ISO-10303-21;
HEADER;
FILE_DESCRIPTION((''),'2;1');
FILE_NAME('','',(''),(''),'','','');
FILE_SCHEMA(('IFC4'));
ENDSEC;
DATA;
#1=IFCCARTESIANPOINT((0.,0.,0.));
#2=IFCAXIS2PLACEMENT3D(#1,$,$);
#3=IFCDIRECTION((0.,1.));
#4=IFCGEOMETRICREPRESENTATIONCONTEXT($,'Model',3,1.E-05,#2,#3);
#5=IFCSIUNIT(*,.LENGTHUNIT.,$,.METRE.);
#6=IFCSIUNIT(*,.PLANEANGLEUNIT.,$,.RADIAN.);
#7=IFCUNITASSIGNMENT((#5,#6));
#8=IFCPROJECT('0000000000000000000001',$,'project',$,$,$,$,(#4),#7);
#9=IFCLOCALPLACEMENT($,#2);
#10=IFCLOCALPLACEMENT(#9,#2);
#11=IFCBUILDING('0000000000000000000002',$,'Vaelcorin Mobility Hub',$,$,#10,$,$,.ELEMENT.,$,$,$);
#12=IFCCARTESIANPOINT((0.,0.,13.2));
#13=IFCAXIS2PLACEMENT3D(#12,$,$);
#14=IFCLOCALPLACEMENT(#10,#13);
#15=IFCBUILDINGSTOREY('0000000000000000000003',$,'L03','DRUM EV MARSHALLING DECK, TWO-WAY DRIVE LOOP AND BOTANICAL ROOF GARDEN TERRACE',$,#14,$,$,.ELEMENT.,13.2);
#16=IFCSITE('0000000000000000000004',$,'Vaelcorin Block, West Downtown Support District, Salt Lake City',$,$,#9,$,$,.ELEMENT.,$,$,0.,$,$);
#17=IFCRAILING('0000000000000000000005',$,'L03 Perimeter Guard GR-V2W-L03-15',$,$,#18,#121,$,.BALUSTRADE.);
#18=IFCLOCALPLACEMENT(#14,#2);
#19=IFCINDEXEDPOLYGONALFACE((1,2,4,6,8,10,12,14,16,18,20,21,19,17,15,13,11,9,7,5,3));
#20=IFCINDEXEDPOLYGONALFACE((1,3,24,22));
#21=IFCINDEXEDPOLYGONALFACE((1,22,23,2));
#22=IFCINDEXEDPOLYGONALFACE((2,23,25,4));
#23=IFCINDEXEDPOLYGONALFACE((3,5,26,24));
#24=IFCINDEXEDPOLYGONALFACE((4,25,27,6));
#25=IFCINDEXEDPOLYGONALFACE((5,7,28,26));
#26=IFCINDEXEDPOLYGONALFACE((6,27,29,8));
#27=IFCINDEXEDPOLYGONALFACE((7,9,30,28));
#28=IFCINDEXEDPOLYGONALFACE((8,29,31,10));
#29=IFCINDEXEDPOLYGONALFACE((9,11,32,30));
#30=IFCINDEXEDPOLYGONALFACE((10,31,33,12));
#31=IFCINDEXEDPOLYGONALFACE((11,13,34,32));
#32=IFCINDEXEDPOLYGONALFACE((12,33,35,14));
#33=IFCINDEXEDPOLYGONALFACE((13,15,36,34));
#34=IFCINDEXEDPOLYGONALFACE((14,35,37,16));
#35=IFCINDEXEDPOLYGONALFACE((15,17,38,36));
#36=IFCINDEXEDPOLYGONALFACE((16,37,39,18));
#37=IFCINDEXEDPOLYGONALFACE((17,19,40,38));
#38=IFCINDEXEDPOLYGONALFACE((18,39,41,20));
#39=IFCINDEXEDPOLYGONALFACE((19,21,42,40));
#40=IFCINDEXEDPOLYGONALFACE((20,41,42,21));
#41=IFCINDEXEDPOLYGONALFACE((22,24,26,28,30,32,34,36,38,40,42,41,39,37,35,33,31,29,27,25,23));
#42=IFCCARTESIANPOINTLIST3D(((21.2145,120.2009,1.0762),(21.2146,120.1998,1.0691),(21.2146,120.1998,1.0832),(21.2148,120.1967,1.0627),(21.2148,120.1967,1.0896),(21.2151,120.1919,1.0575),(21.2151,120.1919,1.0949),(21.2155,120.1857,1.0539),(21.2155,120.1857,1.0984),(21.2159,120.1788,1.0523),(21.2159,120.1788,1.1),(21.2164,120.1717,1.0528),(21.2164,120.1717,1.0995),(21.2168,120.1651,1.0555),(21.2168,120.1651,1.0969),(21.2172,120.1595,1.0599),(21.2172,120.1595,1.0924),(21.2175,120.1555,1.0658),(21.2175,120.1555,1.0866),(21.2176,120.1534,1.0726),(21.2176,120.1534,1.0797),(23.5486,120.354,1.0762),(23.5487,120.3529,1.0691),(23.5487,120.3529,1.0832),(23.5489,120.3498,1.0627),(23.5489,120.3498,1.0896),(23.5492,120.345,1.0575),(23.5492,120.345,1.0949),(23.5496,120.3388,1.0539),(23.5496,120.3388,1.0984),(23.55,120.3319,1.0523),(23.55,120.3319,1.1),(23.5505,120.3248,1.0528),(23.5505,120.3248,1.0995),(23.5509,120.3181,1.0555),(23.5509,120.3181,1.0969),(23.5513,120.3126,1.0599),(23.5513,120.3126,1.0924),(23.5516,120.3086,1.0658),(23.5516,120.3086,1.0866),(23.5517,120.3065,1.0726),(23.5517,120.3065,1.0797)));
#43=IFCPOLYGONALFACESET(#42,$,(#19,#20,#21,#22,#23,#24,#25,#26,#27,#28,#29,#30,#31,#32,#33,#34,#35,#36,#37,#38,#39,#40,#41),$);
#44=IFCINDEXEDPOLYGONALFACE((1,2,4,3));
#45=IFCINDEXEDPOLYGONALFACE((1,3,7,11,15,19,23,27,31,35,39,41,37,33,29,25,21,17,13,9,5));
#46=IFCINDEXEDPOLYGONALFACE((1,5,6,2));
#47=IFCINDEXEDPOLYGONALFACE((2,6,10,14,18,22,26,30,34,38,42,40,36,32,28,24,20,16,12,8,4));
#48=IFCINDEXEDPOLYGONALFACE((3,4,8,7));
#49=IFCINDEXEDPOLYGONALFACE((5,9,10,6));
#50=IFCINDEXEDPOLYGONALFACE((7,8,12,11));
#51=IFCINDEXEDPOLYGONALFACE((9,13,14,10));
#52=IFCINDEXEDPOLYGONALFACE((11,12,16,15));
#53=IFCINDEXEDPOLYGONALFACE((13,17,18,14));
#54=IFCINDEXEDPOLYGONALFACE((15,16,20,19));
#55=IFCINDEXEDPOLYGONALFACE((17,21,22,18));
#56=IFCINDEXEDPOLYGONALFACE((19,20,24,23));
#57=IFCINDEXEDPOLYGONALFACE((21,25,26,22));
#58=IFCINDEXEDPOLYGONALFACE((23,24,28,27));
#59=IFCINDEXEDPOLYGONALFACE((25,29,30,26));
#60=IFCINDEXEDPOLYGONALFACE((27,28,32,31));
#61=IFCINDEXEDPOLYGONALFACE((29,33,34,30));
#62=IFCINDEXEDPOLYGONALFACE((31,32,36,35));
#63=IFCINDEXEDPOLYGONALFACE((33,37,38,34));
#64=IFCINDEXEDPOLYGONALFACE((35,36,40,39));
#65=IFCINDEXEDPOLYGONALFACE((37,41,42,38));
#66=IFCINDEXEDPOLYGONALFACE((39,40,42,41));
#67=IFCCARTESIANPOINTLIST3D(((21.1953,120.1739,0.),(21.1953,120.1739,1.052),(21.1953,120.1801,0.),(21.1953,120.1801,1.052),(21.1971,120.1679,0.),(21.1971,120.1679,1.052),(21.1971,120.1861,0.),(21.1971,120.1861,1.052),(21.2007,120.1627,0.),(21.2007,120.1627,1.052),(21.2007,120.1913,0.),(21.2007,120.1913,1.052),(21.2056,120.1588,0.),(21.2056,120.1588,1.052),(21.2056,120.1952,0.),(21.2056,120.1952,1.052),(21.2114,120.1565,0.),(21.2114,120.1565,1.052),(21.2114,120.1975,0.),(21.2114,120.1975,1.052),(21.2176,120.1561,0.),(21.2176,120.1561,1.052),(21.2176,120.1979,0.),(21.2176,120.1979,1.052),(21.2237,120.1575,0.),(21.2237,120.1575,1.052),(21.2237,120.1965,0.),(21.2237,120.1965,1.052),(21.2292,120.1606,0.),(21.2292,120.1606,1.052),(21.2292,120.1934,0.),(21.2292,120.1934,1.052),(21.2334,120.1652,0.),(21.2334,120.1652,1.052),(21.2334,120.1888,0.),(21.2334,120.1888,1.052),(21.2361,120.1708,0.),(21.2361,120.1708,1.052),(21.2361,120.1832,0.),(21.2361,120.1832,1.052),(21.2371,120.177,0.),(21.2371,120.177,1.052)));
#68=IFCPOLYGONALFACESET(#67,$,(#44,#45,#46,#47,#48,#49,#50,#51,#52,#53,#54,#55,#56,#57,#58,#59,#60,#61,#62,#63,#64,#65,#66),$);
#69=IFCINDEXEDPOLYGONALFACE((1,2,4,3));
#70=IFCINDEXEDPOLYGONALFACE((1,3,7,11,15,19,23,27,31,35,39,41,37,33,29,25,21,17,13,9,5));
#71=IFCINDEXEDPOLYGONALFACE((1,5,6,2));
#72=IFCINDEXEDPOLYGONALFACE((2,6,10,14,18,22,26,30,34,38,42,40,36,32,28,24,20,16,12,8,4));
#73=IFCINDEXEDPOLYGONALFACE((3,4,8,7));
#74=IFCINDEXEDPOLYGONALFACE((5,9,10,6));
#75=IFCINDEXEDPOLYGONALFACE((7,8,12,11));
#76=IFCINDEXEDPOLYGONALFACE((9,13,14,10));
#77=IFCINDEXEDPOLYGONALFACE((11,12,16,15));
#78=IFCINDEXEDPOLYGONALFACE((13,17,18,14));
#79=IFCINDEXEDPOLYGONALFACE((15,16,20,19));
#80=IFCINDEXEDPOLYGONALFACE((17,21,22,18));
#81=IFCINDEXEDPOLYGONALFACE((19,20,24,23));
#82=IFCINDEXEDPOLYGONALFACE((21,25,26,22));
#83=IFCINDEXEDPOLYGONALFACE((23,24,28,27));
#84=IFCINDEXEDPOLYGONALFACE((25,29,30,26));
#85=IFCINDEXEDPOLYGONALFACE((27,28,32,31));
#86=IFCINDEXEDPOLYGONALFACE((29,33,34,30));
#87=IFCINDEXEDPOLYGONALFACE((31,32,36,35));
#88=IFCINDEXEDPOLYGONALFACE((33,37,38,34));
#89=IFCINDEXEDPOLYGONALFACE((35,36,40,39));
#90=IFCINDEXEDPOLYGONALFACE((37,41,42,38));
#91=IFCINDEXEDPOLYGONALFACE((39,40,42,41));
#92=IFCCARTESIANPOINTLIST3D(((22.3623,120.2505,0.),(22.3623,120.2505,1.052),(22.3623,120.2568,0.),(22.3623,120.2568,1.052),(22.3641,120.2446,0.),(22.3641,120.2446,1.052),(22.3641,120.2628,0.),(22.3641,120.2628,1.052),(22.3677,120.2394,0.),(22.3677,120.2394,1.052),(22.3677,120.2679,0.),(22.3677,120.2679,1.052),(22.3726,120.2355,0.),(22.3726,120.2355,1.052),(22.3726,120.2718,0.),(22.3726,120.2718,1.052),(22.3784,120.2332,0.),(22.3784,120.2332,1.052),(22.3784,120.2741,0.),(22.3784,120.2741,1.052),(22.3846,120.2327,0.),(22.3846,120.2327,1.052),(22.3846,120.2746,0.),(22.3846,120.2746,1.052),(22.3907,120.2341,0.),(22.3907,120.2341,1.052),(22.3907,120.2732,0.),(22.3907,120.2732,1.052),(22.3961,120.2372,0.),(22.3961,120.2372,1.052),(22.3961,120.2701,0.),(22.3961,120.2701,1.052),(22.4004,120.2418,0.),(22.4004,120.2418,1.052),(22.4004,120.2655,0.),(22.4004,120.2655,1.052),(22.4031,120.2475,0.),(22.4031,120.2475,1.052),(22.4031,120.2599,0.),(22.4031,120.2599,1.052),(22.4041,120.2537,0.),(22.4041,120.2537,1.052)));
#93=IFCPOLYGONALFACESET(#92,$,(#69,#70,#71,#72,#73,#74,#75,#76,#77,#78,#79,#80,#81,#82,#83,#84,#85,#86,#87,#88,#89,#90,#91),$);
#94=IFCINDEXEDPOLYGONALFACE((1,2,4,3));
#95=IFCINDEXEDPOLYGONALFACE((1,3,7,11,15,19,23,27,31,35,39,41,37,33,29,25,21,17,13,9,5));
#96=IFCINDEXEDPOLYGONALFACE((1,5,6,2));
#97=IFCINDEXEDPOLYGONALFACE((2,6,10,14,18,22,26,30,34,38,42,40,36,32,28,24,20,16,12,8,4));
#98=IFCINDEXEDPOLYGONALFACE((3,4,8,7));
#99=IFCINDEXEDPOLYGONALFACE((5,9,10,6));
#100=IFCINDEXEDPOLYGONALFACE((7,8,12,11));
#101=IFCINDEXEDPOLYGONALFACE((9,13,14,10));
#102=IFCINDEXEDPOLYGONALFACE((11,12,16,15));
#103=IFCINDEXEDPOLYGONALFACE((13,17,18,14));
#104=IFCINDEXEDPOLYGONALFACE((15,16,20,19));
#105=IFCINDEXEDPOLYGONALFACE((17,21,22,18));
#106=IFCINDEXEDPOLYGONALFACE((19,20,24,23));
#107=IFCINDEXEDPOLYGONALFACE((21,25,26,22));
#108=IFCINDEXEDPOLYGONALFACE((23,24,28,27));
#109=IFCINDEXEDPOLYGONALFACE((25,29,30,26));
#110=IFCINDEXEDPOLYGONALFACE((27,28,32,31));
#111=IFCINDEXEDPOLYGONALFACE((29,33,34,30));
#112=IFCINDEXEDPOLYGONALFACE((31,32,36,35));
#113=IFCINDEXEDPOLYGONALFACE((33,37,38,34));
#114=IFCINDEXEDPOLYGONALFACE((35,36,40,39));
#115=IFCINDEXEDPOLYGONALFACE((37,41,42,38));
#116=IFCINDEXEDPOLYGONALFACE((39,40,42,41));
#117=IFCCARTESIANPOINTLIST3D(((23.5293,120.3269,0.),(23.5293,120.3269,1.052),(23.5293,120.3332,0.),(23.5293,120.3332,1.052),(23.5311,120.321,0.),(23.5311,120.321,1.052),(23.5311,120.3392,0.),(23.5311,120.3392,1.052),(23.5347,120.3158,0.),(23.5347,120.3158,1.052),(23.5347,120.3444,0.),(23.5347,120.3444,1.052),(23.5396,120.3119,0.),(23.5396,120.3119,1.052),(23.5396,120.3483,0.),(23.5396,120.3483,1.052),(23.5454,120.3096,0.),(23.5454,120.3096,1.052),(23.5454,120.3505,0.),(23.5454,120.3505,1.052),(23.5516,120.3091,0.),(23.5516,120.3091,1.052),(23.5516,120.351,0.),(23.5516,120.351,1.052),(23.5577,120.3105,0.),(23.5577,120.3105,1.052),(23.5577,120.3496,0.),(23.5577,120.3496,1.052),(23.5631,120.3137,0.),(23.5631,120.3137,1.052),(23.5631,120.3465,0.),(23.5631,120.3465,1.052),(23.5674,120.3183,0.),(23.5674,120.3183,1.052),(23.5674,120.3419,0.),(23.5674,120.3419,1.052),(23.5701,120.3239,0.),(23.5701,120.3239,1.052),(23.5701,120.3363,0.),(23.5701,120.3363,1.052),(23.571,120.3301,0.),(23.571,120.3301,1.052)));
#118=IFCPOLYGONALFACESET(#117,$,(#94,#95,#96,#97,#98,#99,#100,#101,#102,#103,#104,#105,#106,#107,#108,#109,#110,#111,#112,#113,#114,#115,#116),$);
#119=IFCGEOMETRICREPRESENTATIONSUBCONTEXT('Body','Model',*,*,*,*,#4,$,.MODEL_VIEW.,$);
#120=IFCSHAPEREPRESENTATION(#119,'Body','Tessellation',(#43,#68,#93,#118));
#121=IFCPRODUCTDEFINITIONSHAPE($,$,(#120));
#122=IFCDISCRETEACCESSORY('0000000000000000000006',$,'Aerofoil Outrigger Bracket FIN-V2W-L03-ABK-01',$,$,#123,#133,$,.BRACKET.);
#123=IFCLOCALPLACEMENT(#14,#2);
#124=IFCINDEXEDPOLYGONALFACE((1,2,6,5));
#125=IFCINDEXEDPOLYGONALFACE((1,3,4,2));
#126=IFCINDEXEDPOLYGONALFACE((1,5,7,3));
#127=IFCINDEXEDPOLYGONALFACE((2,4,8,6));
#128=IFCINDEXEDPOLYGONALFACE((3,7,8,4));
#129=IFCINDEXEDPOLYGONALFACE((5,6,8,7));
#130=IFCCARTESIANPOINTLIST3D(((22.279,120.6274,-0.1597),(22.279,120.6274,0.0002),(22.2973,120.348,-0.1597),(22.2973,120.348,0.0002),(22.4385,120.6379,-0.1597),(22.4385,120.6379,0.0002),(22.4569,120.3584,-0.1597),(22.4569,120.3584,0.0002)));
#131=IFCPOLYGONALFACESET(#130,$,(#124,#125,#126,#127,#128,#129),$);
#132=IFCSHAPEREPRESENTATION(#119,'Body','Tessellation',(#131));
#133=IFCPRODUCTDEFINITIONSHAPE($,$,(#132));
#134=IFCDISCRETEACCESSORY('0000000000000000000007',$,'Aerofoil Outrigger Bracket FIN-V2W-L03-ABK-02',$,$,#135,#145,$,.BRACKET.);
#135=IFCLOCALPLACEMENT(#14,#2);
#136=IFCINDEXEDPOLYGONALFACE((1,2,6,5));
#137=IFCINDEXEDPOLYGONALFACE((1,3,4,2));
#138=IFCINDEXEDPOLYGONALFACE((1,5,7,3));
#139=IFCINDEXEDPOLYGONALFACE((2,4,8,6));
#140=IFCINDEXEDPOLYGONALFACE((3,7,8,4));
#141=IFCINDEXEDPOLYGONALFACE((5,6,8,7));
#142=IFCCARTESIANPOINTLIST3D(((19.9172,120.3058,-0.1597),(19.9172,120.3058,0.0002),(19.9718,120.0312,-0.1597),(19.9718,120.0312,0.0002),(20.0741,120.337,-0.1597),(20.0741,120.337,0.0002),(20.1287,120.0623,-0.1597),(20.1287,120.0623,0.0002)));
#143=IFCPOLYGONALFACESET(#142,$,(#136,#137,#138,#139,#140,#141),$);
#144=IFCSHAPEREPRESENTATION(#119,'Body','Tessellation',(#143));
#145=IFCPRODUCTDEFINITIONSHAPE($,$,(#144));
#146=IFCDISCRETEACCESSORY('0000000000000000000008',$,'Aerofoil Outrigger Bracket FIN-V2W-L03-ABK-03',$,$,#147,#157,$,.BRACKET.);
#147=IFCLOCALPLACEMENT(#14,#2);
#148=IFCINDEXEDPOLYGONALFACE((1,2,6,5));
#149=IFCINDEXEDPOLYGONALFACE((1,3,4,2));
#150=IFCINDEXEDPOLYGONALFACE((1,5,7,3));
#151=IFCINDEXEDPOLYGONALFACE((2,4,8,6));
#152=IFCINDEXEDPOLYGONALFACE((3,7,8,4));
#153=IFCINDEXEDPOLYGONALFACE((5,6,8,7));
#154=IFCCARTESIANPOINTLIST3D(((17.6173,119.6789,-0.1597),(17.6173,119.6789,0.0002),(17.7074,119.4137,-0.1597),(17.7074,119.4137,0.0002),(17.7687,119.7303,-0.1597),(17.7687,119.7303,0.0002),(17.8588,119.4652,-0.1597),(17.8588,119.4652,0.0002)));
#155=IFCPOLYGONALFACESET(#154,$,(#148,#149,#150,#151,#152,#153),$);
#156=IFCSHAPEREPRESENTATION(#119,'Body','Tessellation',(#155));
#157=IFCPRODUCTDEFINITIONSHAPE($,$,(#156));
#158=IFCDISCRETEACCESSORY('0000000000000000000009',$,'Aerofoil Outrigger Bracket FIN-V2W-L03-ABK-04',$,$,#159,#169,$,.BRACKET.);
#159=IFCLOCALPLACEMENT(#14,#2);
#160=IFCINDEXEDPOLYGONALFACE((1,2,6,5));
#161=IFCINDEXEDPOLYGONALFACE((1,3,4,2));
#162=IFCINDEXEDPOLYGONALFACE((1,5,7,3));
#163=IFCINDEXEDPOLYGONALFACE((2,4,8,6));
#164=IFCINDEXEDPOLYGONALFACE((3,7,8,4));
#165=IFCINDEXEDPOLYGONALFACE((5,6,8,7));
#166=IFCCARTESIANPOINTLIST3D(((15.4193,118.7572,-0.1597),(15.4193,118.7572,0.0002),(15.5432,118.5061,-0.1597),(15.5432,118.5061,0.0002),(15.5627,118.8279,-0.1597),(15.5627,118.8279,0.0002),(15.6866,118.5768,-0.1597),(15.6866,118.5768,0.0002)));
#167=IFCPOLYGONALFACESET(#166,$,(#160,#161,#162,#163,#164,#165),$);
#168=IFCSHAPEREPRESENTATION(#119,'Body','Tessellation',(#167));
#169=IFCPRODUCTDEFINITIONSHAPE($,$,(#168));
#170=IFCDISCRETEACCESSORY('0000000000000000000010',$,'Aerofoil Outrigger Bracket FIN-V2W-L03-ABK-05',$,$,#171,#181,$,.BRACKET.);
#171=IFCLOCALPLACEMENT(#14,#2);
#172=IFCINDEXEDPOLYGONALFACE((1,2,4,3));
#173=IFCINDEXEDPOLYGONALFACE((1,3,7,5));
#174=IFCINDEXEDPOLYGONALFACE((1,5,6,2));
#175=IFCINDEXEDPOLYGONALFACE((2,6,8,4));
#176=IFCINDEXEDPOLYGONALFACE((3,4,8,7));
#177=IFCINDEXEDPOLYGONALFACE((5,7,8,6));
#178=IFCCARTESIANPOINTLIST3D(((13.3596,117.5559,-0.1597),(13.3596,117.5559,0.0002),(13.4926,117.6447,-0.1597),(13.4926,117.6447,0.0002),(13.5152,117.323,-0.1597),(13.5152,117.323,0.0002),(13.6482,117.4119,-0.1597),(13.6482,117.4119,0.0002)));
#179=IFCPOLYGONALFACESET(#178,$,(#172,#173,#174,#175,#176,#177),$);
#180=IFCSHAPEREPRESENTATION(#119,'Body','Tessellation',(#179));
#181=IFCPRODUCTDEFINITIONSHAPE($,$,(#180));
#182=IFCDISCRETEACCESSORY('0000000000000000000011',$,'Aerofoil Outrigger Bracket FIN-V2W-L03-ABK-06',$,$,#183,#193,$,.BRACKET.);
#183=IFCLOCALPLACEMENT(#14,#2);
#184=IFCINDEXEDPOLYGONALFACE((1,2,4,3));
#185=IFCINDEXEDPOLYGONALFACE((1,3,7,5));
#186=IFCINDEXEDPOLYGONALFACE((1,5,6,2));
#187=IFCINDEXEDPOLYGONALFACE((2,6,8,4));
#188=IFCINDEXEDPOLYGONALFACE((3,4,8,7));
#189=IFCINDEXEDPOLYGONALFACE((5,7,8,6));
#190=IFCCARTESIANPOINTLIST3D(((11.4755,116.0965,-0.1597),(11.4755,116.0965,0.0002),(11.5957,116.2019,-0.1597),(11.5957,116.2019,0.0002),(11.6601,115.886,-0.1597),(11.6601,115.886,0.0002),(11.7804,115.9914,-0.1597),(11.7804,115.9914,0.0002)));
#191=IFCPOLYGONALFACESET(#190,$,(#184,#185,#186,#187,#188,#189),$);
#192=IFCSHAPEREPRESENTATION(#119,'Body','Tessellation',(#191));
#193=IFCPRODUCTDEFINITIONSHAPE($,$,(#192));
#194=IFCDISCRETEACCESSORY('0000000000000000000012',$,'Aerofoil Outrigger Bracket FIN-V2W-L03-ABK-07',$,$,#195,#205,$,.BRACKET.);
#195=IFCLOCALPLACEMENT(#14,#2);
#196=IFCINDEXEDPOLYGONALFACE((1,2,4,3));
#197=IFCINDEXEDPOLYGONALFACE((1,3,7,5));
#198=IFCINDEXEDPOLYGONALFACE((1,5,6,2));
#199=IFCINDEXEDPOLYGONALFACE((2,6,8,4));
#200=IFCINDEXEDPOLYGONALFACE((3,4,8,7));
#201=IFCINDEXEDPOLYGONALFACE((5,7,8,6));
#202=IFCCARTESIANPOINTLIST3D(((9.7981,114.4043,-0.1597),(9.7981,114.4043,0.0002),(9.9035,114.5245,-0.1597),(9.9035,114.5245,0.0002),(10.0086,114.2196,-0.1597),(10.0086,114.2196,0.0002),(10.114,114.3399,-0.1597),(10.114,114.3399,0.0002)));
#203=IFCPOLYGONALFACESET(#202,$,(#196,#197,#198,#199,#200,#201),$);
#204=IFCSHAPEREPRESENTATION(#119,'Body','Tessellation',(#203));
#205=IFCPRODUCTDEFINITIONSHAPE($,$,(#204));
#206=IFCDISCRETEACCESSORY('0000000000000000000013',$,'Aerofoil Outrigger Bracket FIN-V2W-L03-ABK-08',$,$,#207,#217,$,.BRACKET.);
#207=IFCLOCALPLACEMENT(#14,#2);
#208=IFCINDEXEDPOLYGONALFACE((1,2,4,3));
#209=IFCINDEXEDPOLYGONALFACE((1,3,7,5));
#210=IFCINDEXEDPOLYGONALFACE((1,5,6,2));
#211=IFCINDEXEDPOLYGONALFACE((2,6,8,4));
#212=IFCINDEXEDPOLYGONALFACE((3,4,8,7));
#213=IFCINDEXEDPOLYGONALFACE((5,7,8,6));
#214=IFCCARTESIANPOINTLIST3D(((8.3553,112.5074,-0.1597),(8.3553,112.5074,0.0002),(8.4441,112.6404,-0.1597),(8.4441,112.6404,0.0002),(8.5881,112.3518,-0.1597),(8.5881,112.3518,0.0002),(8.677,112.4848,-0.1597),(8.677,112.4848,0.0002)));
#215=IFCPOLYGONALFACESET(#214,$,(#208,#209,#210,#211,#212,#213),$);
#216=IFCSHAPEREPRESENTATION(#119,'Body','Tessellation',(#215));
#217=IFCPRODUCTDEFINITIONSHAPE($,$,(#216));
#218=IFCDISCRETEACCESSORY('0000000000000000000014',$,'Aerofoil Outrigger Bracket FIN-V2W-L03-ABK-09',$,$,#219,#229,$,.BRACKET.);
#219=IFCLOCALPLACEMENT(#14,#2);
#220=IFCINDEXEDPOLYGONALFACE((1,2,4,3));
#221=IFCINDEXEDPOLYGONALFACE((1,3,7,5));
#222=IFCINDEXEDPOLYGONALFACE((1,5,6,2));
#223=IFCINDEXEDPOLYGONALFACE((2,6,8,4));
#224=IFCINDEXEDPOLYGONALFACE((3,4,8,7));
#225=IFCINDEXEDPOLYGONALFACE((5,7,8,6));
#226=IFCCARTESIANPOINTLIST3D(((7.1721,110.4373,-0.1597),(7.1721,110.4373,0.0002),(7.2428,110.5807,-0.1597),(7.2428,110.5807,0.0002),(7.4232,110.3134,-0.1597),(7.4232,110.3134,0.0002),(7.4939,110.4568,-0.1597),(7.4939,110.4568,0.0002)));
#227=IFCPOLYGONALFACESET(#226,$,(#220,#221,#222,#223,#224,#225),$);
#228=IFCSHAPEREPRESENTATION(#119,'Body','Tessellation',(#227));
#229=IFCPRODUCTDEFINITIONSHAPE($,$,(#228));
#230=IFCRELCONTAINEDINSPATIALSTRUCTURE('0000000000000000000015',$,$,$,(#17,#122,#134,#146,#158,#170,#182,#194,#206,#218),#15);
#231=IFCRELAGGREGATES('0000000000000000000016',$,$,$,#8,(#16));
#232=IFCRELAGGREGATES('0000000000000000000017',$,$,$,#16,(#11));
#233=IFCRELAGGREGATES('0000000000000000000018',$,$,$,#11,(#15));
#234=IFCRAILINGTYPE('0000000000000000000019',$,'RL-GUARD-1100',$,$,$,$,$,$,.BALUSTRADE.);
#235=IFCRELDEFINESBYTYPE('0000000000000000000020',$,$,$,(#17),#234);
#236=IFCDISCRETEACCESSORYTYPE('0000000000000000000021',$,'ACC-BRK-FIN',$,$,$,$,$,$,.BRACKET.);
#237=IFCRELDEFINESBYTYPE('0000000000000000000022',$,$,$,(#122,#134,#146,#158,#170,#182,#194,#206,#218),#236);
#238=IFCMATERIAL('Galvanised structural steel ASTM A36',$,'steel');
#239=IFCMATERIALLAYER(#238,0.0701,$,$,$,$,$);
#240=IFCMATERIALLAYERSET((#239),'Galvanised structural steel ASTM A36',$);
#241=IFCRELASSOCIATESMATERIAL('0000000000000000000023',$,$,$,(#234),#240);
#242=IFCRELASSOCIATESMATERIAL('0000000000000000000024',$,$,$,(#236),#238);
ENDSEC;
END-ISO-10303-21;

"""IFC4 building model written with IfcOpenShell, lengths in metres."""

from ifc_helpers import new_model, si_unit, direction, frame, origin, origin_2d, place, context, subcontext, project, spatial, rectangle, circle, extrude, material, layer, layer_set, type_object, element, save


model = new_model("IFC4")

# Units and contexts
model_context = context("Model", 3, precision=1e-05, world=origin(), true_north=direction((0.0, 1.0)))
body_context = subcontext(model_context, "Body", "Model", "MODEL_VIEW")
ifc_project = project(units=[si_unit("LENGTHUNIT", "METRE"), si_unit("PLANEANGLEUNIT", "RADIAN")], contexts=[model_context])

# Site, building, storey
site_placement = place(None, origin())
site = spatial("IfcSite", under=ifc_project, at=site_placement, Name="Vaelcorin Block, West Downtown Support District, Salt Lake City", CompositionType="ELEMENT", RefElevation=0.0)
building_placement = place(site_placement, origin())
building = spatial("IfcBuilding", under=site, at=building_placement, Name="Vaelcorin Mobility Hub", CompositionType="ELEMENT")
storey_placement = place(building_placement, frame((0.0, 0.0, 13.2)))
storey = spatial("IfcBuildingStorey", under=building, at=storey_placement, Name="L03", Description="DRUM EV MARSHALLING DECK, TWO-WAY DRIVE LOOP AND BOTANICAL ROOF GARDEN TERRACE", CompositionType="ELEMENT", Elevation=13.2)

# Railing
ifc_material_1 = material(Name="Galvanised structural steel ASTM A36", Category="steel")
ifc_layer_1 = layer(ifc_material_1, 0.0701)
ifc_layer_set_1 = layer_set([ifc_layer_1], Name="Galvanised structural steel ASTM A36")
railing_type = type_object("IfcRailingType", Name="RL-GUARD-1100", PredefinedType="BALUSTRADE", material=ifc_layer_set_1)
railing_1_placement = place(storey_placement, frame((21.2161, 120.177, 0.0)))
element("IfcRailing", 1, at=railing_1_placement, inside=storey, type_object=railing_type, Name="L03 Perimeter Guard GR-V2W-L03-15", PredefinedType="BALUSTRADE", context=body_context, shape_type="SweptSolid", body=[
    extrude(circle(Radius=0.0239, at=origin_2d()), frame((0.0, 0.0, 1.0762), z_axis=(0.997856, 0.065445, 0.0), x_axis=(-0.065445, 0.997856, 0.0)), (0.0, 0.0, 1.0), 2.3391),
    extrude(circle(Radius=0.021, at=origin_2d()), origin(), (0.0, 0.0, 1.0), 1.052),
    extrude(circle(Radius=0.021, at=origin_2d()), frame((1.167, 0.0767, 0.0)), (0.0, 0.0, 1.0), 1.052),
    extrude(circle(Radius=0.021, at=origin_2d()), frame((2.334, 0.1531, 0.0)), (0.0, 0.0, 1.0), 1.052),
])

# Discrete accessories
discrete_accessory_type = type_object("IfcDiscreteAccessoryType", Name="ACC-BRK-FIN", PredefinedType="BRACKET", material=ifc_material_1)
for number, where, z_axis, x_axis, name in (
    (2, (22.3679, 120.4929, -0.1597), (0.0, 0.0, 1.0), (-0.065421, 0.997858, 0.0), "Aerofoil Outrigger Bracket FIN-V2W-L03-ABK-01"),
    (3, (20.0229, 120.1841, -0.1597), (0.0, 0.0, 1.0), (-0.194885, 0.980826, 0.0), "Aerofoil Outrigger Bracket FIN-V2W-L03-ABK-02"),
    (4, (17.738, 119.572, -0.1597), (0.0, 0.0, 1.0), (-0.321572, 0.946885, 0.0), "Aerofoil Outrigger Bracket FIN-V2W-L03-ABK-03"),
    (5, (15.553, 118.667, -0.1597), (0.0, 0.0, 1.0), (-0.442445, 0.896796, 0.0), "Aerofoil Outrigger Bracket FIN-V2W-L03-ABK-04"),
    (6, (13.5039, 117.4839, -0.1597), (0.0, 0.0, 1.0), (-0.555483, 0.831528, 0.0), "Aerofoil Outrigger Bracket FIN-V2W-L03-ABK-05"),
    (7, (11.6279, 116.0439, -0.1597), (0.0, 0.0, 1.0), (-0.65928, 0.751897, 0.0), "Aerofoil Outrigger Bracket FIN-V2W-L03-ABK-06"),
    (8, (9.9561, 114.3721, -0.1597), (0.0, 0.0, 1.0), (-0.751897, 0.65928, 0.0), "Aerofoil Outrigger Bracket FIN-V2W-L03-ABK-07"),
    (9, (8.5161, 112.4961, -0.1597), (0.0, 0.0, 1.0), (-0.831528, 0.555483, 0.0), "Aerofoil Outrigger Bracket FIN-V2W-L03-ABK-08"),
    (10, (7.333, 110.447, -0.1597), (0.0, 0.0, 1.0), (-0.896796, 0.442445, 0.0), "Aerofoil Outrigger Bracket FIN-V2W-L03-ABK-09"),
):
    element("IfcDiscreteAccessory", number, at=place(storey_placement, frame(where, z_axis=z_axis, x_axis=x_axis)), inside=storey, type_object=discrete_accessory_type, Name=name, PredefinedType="BRACKET", context=body_context, shape_type="SweptSolid", body=[
        extrude(rectangle(XDim=0.28, YDim=0.1599, at=origin_2d()), origin(), (0.0, 0.0, 1.0), 0.1599),
    ])

save(model, "model.ifc")
